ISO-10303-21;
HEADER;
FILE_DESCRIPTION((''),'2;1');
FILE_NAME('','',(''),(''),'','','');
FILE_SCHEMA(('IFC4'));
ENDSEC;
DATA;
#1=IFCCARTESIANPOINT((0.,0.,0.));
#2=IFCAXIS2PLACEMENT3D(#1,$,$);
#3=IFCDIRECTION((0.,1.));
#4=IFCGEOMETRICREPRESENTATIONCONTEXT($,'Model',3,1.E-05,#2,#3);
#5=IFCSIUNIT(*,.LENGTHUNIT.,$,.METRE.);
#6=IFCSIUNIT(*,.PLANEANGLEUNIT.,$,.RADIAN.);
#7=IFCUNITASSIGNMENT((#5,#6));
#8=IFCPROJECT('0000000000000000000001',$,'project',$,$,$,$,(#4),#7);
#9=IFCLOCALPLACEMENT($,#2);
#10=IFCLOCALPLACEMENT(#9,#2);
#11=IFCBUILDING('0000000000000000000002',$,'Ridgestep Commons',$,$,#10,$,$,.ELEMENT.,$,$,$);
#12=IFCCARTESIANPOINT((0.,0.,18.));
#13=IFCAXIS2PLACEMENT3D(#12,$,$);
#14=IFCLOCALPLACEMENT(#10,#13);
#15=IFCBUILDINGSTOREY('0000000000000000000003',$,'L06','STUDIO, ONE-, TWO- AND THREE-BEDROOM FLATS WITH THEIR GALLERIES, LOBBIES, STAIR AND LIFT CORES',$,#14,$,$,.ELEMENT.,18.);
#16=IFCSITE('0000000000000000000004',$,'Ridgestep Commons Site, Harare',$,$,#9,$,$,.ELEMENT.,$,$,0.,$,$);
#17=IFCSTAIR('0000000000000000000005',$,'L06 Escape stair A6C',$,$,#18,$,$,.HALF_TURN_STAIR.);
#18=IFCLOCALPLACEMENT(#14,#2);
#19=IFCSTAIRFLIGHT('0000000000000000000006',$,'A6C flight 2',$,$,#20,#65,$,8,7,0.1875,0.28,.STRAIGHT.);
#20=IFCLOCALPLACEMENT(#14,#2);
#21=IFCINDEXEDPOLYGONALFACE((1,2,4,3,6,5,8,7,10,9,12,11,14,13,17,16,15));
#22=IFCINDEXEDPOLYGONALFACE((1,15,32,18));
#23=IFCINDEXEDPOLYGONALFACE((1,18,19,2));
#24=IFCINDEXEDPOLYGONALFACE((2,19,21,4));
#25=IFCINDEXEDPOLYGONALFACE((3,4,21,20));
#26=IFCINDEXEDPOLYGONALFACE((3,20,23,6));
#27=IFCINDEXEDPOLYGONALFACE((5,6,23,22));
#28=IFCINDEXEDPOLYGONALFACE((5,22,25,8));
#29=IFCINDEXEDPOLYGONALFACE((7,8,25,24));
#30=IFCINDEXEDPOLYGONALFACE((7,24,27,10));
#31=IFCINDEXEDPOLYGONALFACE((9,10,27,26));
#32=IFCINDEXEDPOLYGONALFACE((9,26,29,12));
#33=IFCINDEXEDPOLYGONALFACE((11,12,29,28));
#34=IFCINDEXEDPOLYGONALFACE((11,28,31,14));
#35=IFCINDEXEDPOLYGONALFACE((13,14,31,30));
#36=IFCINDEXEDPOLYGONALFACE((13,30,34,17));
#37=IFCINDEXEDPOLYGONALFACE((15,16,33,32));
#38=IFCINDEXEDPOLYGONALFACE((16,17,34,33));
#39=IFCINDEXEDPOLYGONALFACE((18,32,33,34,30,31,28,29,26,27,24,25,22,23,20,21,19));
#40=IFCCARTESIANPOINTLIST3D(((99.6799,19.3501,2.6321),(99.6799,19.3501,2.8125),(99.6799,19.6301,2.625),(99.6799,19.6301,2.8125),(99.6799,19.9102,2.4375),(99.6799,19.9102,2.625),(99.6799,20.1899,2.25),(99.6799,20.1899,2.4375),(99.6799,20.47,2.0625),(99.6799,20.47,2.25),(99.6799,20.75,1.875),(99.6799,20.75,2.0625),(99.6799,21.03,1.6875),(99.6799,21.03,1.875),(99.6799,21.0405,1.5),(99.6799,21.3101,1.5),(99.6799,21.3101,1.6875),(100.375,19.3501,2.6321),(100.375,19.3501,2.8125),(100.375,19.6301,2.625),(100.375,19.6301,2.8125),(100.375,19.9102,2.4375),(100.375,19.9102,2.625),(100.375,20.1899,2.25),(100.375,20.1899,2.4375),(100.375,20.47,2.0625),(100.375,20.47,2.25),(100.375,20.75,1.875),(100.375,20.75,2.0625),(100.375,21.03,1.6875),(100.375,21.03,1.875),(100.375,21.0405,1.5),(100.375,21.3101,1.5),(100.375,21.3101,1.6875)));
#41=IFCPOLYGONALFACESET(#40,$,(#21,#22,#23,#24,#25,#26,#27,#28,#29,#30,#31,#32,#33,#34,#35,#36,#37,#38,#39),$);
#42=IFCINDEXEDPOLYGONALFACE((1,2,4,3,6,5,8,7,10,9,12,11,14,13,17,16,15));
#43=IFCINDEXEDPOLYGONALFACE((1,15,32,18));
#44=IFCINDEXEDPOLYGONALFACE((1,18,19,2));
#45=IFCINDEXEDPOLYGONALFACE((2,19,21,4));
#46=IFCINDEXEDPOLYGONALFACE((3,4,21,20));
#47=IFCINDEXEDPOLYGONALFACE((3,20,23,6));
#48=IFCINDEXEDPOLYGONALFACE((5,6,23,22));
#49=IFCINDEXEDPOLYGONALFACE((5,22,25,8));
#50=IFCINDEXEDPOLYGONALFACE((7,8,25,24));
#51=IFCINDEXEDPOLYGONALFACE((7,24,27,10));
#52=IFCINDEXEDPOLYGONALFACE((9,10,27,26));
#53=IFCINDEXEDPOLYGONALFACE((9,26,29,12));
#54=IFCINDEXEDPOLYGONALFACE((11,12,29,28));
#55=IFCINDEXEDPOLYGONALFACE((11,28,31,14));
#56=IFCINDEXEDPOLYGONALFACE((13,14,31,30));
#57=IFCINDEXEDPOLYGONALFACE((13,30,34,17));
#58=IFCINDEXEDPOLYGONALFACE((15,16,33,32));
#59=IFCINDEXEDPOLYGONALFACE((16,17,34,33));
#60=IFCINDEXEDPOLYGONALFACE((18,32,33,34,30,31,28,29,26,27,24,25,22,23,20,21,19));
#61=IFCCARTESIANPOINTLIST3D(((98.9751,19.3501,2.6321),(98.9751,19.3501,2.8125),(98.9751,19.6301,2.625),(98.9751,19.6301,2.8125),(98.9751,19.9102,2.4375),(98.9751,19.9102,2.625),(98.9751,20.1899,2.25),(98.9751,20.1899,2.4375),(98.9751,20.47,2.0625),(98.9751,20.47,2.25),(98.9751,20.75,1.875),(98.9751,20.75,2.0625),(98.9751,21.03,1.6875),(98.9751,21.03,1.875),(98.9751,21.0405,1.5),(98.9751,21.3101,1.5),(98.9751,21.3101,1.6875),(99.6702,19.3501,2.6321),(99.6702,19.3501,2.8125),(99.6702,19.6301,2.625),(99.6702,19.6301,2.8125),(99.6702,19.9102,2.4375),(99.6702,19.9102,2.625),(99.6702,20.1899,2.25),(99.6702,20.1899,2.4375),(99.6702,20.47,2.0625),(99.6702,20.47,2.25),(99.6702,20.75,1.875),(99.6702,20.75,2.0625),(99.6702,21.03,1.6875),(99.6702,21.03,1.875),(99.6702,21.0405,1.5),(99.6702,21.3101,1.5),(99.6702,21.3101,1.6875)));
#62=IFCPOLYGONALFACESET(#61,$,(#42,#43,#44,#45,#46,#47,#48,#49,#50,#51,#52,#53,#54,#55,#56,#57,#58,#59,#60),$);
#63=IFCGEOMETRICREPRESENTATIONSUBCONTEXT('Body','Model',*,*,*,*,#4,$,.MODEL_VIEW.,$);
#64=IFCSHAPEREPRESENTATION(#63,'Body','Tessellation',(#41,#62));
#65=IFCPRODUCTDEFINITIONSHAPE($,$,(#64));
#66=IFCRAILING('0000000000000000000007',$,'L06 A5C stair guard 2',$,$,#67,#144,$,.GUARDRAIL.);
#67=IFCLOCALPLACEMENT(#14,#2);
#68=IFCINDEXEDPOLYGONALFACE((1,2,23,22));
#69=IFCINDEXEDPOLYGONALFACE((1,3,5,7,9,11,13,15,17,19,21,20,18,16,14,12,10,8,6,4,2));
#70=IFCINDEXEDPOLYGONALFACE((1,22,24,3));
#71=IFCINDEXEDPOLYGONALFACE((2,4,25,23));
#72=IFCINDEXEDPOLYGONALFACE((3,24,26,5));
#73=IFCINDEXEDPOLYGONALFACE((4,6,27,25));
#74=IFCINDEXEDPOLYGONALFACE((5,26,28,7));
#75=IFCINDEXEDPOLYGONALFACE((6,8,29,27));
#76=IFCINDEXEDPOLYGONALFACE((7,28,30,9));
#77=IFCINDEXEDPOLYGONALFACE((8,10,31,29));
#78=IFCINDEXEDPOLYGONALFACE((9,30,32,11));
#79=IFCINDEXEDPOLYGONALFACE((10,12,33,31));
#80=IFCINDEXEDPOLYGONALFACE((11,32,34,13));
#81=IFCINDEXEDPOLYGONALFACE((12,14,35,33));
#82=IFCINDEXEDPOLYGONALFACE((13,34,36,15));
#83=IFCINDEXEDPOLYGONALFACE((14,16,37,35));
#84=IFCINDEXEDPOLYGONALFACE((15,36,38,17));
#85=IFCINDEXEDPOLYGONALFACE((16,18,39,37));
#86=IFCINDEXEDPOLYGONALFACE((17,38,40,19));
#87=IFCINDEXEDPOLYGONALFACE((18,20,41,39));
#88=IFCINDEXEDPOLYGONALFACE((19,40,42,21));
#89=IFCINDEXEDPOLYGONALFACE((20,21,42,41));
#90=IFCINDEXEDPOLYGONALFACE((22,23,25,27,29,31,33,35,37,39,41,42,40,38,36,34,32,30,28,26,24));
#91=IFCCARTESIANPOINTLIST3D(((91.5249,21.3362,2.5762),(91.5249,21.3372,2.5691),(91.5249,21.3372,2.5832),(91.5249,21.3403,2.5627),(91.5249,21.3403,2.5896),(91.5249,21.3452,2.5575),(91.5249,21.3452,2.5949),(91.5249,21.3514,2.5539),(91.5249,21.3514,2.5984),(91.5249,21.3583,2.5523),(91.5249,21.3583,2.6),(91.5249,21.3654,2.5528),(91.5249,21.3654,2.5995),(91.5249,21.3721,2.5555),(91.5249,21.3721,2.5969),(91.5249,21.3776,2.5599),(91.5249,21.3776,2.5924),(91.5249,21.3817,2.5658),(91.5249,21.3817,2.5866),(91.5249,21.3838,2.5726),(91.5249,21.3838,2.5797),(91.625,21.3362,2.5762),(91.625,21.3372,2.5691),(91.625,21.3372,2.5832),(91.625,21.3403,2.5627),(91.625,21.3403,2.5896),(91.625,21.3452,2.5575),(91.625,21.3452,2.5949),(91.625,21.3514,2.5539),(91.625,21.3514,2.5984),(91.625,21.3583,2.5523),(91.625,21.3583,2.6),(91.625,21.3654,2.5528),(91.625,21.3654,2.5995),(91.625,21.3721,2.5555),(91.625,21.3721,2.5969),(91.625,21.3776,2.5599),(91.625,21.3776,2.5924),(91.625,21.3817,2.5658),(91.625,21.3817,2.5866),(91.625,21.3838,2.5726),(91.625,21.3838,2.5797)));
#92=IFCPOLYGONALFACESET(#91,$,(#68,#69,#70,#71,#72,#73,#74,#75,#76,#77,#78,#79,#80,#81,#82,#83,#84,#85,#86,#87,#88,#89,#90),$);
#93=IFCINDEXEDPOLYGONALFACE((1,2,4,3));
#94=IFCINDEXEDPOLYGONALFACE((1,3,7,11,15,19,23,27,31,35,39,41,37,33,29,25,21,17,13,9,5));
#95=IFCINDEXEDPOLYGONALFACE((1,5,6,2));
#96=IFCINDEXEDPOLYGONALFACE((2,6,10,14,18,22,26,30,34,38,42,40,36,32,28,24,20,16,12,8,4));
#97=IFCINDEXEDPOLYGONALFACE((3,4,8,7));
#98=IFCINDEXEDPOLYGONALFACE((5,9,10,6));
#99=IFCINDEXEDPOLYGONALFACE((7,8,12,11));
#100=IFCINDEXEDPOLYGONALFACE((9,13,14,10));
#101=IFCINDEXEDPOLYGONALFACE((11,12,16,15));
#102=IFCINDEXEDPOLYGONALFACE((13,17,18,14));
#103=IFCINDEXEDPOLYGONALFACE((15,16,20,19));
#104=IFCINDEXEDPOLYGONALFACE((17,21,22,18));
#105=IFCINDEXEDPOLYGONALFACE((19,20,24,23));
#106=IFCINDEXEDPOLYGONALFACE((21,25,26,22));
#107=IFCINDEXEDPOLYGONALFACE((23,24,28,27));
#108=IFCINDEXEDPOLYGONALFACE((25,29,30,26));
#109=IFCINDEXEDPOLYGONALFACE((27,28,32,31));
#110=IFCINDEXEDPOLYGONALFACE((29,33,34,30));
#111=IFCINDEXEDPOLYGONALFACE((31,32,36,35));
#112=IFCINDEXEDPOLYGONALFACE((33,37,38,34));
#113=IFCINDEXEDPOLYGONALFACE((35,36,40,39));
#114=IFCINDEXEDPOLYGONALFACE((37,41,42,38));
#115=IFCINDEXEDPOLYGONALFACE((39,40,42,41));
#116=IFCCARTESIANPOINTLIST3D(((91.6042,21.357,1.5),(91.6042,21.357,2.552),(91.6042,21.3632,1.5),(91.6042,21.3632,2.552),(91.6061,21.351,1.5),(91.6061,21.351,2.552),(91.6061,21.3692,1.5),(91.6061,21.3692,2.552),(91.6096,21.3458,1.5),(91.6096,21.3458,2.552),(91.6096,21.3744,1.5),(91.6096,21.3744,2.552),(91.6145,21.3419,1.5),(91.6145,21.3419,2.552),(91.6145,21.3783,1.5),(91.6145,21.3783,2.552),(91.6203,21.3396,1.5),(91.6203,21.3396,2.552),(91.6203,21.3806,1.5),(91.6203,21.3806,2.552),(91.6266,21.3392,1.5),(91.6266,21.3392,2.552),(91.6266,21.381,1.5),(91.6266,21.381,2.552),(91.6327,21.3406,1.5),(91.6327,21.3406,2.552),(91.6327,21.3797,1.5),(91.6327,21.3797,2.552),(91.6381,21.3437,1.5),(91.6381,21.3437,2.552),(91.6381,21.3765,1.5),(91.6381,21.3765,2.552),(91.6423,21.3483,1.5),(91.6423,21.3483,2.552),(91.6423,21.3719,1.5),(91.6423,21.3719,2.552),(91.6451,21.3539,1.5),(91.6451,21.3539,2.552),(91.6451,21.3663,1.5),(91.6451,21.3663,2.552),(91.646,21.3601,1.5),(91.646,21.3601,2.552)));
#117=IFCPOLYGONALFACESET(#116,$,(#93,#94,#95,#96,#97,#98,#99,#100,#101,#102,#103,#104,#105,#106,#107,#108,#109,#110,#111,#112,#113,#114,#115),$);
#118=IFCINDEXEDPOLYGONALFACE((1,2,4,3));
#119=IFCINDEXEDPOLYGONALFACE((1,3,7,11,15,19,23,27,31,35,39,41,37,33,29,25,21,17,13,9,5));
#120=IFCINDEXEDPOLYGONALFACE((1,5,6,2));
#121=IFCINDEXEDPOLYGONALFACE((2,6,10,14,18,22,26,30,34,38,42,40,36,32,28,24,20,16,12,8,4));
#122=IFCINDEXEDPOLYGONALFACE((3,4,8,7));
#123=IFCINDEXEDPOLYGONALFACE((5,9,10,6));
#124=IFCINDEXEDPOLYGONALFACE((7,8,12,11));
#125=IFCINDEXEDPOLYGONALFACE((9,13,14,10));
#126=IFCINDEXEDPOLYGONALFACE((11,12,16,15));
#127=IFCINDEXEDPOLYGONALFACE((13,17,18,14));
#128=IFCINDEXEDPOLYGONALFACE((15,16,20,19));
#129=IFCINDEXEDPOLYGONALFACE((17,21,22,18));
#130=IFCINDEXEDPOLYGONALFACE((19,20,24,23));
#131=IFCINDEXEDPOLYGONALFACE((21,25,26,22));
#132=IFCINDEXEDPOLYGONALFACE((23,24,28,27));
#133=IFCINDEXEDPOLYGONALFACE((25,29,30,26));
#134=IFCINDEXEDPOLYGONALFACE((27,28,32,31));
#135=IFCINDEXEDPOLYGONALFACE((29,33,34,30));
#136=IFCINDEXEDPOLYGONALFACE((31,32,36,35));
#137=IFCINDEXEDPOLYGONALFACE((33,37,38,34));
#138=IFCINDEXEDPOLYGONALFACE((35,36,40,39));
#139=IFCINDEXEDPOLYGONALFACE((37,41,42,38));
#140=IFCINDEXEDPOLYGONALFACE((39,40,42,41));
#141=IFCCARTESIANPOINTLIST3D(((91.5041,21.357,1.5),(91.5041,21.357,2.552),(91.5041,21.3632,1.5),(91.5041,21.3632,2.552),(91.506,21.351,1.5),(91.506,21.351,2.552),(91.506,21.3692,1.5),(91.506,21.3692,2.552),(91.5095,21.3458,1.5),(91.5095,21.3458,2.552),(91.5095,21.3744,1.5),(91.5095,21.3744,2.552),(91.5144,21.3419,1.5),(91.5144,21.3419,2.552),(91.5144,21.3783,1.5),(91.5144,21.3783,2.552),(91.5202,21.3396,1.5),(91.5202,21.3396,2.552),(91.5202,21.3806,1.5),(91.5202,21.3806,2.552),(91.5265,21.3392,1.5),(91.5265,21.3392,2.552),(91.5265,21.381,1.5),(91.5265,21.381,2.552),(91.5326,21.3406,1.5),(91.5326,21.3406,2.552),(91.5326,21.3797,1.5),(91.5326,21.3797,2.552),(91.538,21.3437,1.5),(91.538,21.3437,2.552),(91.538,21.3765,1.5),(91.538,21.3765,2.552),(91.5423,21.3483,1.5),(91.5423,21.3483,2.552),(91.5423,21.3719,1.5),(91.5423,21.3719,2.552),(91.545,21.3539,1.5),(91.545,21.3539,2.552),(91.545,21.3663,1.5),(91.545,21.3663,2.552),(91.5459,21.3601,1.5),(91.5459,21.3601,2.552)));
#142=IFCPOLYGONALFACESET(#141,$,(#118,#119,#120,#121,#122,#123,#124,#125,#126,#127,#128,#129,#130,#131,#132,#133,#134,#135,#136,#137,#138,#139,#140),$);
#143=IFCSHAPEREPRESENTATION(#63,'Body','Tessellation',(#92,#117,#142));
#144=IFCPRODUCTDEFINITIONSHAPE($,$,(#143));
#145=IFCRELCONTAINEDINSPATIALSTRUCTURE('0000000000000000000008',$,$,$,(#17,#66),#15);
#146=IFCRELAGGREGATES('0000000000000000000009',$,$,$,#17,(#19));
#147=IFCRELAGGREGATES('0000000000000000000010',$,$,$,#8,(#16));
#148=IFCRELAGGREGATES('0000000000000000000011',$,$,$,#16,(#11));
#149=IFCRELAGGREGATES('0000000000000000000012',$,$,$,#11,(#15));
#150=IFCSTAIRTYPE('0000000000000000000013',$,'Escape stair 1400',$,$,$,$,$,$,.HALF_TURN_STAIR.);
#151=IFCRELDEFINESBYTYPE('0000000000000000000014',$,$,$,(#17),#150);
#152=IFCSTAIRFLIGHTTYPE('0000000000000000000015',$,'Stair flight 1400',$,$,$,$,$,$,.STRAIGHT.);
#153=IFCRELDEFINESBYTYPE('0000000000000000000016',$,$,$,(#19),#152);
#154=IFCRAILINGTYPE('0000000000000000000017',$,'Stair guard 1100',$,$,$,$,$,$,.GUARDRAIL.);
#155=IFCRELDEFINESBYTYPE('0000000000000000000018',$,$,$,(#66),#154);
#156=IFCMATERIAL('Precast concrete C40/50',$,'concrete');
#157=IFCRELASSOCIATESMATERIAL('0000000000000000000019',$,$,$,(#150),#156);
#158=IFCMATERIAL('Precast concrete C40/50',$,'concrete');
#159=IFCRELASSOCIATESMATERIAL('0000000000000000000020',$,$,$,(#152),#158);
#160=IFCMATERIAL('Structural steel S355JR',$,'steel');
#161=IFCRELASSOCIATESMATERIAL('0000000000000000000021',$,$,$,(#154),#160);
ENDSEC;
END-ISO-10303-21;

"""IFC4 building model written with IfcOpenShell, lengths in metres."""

from ifc_helpers import new_model, si_unit, direction, frame, origin, origin_2d, place, context, subcontext, project, spatial, polyline, circle, outline, extrude, material, type_object, element, aggregate, save


model = new_model("IFC4")

# Units and contexts
model_context = context("Model", 3, precision=1e-05, world=origin(), true_north=direction((0.0, 1.0)))
body_context = subcontext(model_context, "Body", "Model", "MODEL_VIEW")
ifc_project = project(units=[si_unit("LENGTHUNIT", "METRE"), si_unit("PLANEANGLEUNIT", "RADIAN")], contexts=[model_context])

# Site, building, storey
site_placement = place(None, origin())
site = spatial("IfcSite", under=ifc_project, at=site_placement, Name="Ridgestep Commons Site, Harare", CompositionType="ELEMENT", RefElevation=0.0)
building_placement = place(site_placement, origin())
building = spatial("IfcBuilding", under=site, at=building_placement, Name="Ridgestep Commons", CompositionType="ELEMENT")
storey_placement = place(building_placement, frame((0.0, 0.0, 18.0)))
storey = spatial("IfcBuildingStorey", under=building, at=storey_placement, Name="L06", Description="STUDIO, ONE-, TWO- AND THREE-BEDROOM FLATS WITH THEIR GALLERIES, LOBBIES, STAIR AND LIFT CORES", CompositionType="ELEMENT", Elevation=18.0)

# Stair, stair flight
ifc_material_1 = material(Name="Precast concrete C40/50", Category="concrete")
stair_type = type_object("IfcStairType", Name="Escape stair 1400", PredefinedType="HALF_TURN_STAIR", material=ifc_material_1)
stair_placement = place(storey_placement, origin())
stair = element("IfcStair", 1, at=stair_placement, inside=storey, type_object=stair_type, Name="L06 Escape stair A6C", PredefinedType="HALF_TURN_STAIR")
ifc_material_2 = material(Name="Precast concrete C40/50", Category="concrete")
stair_flight_type = type_object("IfcStairFlightType", Name="Stair flight 1400", PredefinedType="STRAIGHT", material=ifc_material_2)
stair_flight_placement = place(storey_placement, frame((99.675, 21.3101, 1.5), z_axis=(0.0, 0.0, 1.0), x_axis=(0.0, -1.0, 0.0)))
stair_flight = element("IfcStairFlight", 2, at=stair_flight_placement, type_object=stair_flight_type, Name="A6C flight 2", NumberOfRisers=8, NumberOfTreads=7, PredefinedType="STRAIGHT", RiserHeight=0.1875, TreadLength=0.28, context=body_context, shape_type="SweptSolid", body=[
    extrude(outline(polyline([(0.0, 0.0), (0.0, 0.1875), (0.28, 0.1875), (0.28, 0.375), (0.5601, 0.375), (0.5601, 0.5625), (0.8401, 0.5625), (0.8401, 0.75), (1.1201, 0.75), (1.1201, 0.9375), (1.3999, 0.9375), (1.3999, 1.125), (1.6799, 1.125), (1.6799, 1.3125), (1.96, 1.3125), (1.96, 1.5), (1.96, 1.1321), (0.2695, 0.0), (0.0, 0.0)])), frame((0.0, 0.7, 0.0), z_axis=(0.0, -1.0, 0.0), x_axis=(1.0, 0.0, 0.0)), (0.0, 0.0, 1.0), 0.6951),
    extrude(outline(polyline([(0.0, 0.0), (0.0, 0.1875), (0.28, 0.1875), (0.28, 0.375), (0.5601, 0.375), (0.5601, 0.5625), (0.8401, 0.5625), (0.8401, 0.75), (1.1201, 0.75), (1.1201, 0.9375), (1.3999, 0.9375), (1.3999, 1.125), (1.6799, 1.125), (1.6799, 1.3125), (1.96, 1.3125), (1.96, 1.5), (1.96, 1.1321), (0.2695, 0.0), (0.0, 0.0)])), frame((0.0, -0.0049, 0.0), z_axis=(0.0, -1.0, 0.0), x_axis=(1.0, 0.0, 0.0)), (0.0, 0.0, 1.0), 0.6951),
])
aggregate(stair, [stair_flight])

# Railing
ifc_material_3 = material(Name="Structural steel S355JR", Category="steel")
railing_type_1 = type_object("IfcRailingType", Name="Stair guard 1100", PredefinedType="GUARDRAIL", material=ifc_material_3)
railing_1_placement = place(storey_placement, frame((91.625, 21.3601, 1.5)))
element("IfcRailing", 3, at=railing_1_placement, inside=storey, type_object=railing_type_1, Name="L06 A5C stair guard 2", PredefinedType="GUARDRAIL", context=body_context, shape_type="SweptSolid", body=[
    extrude(circle(Radius=0.0239, at=origin_2d()), frame((0.0, 0.0, 1.0762), z_axis=(-1.0, 0.0, 0.0), x_axis=(0.0, -1.0, 0.0)), (0.0, 0.0, 1.0), 0.1001),
    extrude(circle(Radius=0.021, at=origin_2d()), origin(), (0.0, 0.0, 1.0), 1.052),
    extrude(circle(Radius=0.021, at=origin_2d()), frame((-0.1001, 0.0, 0.0)), (0.0, 0.0, 1.0), 1.052),
])

save(model, "model.ifc")
